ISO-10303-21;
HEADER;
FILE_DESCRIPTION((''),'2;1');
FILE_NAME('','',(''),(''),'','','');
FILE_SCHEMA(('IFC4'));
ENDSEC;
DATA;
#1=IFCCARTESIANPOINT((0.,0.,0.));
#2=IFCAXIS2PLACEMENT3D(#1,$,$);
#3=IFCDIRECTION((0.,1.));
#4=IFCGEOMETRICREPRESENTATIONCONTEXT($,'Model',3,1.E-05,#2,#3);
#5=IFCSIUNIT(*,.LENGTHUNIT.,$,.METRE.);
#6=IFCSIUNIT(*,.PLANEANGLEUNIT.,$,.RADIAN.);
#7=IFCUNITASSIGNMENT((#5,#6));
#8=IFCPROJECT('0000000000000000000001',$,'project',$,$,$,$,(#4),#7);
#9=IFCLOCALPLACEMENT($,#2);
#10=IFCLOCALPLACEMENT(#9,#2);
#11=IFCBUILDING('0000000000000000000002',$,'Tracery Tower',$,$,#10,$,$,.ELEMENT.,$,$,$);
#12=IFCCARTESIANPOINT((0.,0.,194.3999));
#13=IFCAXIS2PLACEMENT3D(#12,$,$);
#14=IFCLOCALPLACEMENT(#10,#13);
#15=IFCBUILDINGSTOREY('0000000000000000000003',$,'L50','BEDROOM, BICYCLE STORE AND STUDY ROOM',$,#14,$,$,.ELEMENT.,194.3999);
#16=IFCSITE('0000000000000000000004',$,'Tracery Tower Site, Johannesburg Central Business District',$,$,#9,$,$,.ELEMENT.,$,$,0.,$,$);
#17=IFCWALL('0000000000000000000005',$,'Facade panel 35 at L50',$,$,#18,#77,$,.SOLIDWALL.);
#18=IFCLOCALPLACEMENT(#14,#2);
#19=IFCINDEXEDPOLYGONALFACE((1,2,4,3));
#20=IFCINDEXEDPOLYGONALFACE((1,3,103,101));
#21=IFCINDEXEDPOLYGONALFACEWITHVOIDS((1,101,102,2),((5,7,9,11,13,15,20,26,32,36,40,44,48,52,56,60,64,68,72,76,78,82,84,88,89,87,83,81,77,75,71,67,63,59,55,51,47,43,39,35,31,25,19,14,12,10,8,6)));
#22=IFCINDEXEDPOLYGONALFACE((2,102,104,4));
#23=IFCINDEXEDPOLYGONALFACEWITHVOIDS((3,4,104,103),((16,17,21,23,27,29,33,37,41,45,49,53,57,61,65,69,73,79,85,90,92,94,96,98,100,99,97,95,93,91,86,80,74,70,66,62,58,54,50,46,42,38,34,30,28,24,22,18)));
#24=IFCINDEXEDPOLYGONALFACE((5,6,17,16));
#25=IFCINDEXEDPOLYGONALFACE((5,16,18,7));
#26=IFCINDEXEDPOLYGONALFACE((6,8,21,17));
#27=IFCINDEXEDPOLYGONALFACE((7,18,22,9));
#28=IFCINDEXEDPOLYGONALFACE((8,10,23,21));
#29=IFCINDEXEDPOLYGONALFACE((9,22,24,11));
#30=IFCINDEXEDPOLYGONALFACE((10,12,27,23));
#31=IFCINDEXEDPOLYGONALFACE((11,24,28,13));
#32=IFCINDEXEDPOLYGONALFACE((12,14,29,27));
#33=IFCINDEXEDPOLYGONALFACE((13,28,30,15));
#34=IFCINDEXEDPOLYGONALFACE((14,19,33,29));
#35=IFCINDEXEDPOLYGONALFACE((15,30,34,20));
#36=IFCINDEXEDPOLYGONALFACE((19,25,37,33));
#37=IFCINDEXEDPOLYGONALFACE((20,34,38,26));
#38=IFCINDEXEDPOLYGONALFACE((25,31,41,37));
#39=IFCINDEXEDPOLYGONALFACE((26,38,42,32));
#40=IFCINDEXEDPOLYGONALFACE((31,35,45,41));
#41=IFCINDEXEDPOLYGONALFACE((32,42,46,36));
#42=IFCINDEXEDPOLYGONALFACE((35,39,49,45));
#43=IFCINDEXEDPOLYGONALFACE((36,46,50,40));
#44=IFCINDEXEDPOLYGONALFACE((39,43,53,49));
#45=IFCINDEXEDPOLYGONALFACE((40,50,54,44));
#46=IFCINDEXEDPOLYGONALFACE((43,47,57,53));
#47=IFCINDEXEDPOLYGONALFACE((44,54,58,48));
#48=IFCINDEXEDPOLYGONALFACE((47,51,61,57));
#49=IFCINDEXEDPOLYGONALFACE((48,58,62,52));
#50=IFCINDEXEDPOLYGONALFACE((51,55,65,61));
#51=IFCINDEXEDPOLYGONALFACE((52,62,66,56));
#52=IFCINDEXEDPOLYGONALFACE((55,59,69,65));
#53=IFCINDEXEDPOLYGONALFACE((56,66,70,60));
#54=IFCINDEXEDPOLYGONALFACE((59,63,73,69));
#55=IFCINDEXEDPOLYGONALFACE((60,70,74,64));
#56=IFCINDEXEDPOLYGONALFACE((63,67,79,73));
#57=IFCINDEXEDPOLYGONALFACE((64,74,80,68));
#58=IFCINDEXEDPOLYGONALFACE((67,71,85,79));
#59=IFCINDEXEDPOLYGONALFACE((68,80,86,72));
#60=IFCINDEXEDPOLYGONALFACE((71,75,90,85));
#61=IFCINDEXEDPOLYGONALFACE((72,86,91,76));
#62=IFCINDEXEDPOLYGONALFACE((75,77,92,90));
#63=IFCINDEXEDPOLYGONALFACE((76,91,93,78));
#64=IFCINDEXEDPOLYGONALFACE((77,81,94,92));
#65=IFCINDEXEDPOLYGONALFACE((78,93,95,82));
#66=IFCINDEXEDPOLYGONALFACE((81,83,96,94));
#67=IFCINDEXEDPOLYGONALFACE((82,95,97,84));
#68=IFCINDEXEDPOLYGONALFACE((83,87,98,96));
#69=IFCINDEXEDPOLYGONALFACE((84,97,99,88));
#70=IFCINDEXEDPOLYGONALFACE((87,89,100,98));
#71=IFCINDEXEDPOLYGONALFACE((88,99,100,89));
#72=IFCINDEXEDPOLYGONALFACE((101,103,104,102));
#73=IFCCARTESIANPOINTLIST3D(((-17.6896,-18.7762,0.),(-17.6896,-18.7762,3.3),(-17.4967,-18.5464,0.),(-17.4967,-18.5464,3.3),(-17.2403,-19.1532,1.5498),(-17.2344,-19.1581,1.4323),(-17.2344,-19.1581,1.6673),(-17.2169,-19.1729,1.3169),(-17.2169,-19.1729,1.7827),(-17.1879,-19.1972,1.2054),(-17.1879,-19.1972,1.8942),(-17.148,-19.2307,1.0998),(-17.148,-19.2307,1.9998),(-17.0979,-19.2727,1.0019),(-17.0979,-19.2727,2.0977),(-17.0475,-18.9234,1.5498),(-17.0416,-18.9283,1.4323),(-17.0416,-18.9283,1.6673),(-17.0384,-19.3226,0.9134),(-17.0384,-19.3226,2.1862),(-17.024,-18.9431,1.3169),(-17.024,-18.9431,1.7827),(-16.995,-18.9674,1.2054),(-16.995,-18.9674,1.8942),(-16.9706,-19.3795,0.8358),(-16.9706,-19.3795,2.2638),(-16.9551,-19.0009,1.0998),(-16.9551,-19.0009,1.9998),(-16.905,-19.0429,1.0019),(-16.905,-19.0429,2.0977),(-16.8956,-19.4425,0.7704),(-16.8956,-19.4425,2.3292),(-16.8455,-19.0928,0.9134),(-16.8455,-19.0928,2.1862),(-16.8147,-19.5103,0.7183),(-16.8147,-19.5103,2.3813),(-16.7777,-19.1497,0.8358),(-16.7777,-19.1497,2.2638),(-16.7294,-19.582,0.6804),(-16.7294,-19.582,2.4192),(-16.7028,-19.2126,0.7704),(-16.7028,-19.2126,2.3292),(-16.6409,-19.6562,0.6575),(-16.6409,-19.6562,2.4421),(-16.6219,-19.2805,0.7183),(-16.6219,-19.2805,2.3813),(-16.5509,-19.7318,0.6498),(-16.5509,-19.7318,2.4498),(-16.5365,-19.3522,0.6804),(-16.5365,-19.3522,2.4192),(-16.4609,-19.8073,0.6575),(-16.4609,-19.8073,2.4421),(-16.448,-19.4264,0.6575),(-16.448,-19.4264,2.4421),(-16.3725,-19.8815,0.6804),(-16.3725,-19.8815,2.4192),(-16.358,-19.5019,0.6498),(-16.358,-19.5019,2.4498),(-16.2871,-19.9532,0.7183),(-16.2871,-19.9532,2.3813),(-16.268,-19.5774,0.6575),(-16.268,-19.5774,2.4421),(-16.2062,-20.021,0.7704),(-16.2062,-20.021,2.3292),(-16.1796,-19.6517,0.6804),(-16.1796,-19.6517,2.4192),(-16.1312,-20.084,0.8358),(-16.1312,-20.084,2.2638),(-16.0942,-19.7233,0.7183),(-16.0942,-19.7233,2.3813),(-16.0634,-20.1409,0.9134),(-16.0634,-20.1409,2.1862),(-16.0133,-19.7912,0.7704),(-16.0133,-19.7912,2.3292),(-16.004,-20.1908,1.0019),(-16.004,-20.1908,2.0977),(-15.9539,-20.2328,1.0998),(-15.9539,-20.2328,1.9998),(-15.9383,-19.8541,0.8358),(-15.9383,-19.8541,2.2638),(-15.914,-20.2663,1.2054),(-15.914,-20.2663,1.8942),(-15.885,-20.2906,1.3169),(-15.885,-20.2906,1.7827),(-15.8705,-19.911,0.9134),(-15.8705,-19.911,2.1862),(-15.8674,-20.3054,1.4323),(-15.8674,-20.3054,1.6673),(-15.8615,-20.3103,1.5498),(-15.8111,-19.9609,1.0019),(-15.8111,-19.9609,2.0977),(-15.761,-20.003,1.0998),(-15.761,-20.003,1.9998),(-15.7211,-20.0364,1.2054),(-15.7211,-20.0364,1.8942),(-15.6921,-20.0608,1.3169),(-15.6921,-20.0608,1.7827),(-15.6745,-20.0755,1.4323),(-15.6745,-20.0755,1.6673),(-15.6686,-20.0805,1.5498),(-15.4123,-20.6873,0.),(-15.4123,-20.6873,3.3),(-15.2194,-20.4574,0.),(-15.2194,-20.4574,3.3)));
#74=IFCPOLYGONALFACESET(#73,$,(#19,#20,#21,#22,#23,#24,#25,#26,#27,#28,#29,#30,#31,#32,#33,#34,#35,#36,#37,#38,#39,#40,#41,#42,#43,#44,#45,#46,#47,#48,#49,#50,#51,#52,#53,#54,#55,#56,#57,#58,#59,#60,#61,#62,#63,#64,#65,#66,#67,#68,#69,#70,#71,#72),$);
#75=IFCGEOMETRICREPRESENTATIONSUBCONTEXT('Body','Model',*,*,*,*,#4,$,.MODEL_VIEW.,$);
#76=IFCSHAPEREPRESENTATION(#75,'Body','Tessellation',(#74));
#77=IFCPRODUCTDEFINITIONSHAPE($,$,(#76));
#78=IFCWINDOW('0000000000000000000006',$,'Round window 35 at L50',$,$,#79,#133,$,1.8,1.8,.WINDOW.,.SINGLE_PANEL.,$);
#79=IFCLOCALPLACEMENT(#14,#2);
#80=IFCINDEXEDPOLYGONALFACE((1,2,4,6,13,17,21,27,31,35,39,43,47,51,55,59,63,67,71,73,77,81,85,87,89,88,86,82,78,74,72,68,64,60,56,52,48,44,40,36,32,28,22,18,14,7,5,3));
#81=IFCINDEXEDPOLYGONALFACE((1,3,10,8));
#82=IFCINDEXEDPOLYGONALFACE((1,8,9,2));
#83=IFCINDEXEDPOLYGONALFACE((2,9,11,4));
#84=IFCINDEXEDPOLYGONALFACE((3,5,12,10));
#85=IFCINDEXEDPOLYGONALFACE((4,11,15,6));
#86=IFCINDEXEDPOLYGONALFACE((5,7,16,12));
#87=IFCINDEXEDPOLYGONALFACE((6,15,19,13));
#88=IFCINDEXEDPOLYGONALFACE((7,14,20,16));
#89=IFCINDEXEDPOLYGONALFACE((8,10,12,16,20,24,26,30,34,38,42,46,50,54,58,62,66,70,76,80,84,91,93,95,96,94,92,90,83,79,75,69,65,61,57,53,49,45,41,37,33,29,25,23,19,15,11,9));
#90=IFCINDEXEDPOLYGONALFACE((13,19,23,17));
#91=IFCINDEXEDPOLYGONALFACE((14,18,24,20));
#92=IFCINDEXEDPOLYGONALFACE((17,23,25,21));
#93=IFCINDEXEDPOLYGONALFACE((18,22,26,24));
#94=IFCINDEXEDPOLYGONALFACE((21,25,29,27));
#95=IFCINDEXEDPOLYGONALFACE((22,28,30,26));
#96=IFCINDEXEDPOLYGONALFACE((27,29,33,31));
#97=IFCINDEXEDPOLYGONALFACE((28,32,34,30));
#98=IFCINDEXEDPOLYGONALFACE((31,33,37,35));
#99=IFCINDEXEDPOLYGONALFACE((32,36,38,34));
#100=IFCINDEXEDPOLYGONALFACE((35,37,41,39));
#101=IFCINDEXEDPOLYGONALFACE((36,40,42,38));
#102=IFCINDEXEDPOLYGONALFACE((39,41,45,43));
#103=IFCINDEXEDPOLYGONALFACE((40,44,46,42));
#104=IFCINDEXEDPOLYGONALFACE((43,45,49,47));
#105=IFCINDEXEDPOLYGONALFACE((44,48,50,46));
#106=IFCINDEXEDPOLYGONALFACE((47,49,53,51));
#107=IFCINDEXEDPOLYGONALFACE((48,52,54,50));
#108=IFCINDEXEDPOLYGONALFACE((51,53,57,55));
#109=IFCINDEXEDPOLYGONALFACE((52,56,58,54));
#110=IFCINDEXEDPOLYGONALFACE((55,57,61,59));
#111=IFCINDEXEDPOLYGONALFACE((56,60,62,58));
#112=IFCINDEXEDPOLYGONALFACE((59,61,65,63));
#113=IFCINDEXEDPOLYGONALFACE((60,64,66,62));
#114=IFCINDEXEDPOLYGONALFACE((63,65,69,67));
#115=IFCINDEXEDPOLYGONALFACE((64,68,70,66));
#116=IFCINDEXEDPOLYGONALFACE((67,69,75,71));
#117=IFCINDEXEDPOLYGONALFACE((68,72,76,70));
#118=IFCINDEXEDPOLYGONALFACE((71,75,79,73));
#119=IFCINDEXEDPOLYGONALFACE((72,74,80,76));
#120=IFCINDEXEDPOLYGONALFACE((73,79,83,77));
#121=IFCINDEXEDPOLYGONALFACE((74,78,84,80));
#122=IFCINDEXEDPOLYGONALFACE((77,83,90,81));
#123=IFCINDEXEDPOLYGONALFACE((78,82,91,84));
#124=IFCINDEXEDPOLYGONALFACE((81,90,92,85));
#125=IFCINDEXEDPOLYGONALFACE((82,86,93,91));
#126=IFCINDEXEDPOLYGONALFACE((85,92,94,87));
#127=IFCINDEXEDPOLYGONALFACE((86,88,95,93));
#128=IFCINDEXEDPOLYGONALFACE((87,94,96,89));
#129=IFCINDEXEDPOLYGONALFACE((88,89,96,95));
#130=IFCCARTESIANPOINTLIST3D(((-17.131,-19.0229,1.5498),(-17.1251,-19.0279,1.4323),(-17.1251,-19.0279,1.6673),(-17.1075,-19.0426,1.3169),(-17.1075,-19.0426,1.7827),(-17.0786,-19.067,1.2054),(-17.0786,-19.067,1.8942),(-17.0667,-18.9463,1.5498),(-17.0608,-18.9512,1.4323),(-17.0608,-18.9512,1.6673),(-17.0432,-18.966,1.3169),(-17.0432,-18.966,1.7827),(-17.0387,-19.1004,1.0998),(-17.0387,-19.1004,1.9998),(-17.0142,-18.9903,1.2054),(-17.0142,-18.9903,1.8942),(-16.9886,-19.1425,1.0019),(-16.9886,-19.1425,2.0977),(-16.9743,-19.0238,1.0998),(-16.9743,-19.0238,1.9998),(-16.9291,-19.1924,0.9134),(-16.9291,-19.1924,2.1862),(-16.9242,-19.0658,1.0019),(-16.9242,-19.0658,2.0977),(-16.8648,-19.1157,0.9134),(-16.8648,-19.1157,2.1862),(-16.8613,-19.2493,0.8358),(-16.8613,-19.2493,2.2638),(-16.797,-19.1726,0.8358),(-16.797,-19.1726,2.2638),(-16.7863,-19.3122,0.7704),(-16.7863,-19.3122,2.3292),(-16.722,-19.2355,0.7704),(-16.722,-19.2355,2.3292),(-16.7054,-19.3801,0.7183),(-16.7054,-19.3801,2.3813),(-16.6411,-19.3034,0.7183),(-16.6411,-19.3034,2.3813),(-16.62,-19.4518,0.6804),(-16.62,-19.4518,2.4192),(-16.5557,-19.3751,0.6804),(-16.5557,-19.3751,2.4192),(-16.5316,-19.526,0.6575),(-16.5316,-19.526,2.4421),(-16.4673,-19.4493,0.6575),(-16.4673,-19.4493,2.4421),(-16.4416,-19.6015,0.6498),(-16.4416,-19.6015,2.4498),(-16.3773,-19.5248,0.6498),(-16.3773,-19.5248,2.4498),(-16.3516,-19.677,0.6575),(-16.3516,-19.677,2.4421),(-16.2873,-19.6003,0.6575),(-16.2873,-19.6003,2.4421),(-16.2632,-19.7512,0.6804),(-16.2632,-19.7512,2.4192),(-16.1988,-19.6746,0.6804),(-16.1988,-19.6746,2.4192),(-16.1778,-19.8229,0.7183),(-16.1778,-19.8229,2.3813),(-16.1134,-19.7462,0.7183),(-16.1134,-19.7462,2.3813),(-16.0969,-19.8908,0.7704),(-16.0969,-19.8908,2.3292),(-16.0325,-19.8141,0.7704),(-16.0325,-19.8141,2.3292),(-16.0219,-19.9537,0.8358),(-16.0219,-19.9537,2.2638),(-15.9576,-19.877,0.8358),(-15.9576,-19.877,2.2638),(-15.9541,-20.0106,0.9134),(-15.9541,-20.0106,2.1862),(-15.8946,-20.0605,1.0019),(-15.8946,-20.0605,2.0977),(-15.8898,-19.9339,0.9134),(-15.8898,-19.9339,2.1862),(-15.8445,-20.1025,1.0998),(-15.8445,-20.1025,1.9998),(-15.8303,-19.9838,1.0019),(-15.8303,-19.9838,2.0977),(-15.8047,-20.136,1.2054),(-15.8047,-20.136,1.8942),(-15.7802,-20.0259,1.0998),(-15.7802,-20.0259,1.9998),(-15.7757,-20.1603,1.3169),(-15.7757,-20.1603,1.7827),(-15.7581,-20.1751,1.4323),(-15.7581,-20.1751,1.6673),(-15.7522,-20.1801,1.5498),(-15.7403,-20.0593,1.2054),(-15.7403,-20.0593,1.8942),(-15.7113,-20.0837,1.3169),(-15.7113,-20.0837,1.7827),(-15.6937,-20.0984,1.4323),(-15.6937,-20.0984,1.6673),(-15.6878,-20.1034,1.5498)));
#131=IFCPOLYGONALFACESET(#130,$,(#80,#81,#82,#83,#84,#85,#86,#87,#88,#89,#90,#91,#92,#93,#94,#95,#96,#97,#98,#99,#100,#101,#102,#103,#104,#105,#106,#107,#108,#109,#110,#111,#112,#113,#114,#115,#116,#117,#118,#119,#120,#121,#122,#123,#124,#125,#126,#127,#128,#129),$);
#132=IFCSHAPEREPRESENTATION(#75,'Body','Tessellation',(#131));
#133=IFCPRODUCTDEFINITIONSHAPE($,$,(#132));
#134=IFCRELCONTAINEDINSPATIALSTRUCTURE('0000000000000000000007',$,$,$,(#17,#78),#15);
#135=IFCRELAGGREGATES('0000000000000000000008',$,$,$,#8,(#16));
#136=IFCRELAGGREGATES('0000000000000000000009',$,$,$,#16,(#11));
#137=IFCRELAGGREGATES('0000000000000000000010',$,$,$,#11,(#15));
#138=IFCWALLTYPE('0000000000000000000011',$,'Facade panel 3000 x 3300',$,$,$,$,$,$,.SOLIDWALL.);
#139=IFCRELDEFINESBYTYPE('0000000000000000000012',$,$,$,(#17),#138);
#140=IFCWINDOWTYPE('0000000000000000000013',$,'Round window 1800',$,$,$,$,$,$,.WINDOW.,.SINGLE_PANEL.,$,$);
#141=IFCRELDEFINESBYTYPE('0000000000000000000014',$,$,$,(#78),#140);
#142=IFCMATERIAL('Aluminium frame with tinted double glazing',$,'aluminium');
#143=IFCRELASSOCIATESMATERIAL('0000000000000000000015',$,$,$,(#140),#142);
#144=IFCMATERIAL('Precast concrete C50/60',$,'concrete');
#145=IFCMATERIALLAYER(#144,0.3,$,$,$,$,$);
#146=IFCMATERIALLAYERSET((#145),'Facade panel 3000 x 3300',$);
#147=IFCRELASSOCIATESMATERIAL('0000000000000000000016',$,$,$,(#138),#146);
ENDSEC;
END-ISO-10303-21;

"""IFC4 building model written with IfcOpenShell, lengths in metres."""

from ifc_helpers import new_model, si_unit, direction, frame, frame_2d, origin, origin_2d, place, context, subcontext, project, spatial, rectangle, circle, extrude, material, layer, layer_set, type_object, element, fill, save


model = new_model("IFC4")

# Units and contexts
model_context = context("Model", 3, precision=1e-05, world=origin(), true_north=direction((0.0, 1.0)))
body_context = subcontext(model_context, "Body", "Model", "MODEL_VIEW")
ifc_project = project(units=[si_unit("LENGTHUNIT", "METRE"), si_unit("PLANEANGLEUNIT", "RADIAN")], contexts=[model_context])

# Site, building, storey
site_placement = place(None, origin())
site = spatial("IfcSite", under=ifc_project, at=site_placement, Name="Tracery Tower Site, Johannesburg Central Business District", CompositionType="ELEMENT", RefElevation=0.0)
building_placement = place(site_placement, origin())
building = spatial("IfcBuilding", under=site, at=building_placement, Name="Tracery Tower", CompositionType="ELEMENT")
storey_placement = place(building_placement, frame((0.0, 0.0, 194.3999)))
storey = spatial("IfcBuildingStorey", under=building, at=storey_placement, Name="L50", Description="BEDROOM, BICYCLE STORE AND STUDY ROOM", CompositionType="ELEMENT", Elevation=194.3999)

# Wall, opening, window
ifc_material_1 = material(Name="Aluminium frame with tinted double glazing", Category="aluminium")
window_type = type_object("IfcWindowType", Name="Round window 1800", PartitioningType="SINGLE_PANEL", PredefinedType="WINDOW", material=ifc_material_1)
ifc_material_2 = material(Name="Precast concrete C50/60", Category="concrete")
ifc_layer_1 = layer(ifc_material_2, 0.3)
ifc_layer_set_1 = layer_set([ifc_layer_1], Name="Facade panel 3000 x 3300")
wall_type_1 = type_object("IfcWallType", Name="Facade panel 3000 x 3300", PredefinedType="SOLIDWALL", material=ifc_layer_set_1)
wall_1_placement = place(storey_placement, frame((-17.593, -18.6614, 0.0), z_axis=(0.0, 0.0, 1.0), x_axis=(0.766009, -0.64283, 0.0)))
wall_1 = element("IfcWall", 1, at=wall_1_placement, inside=storey, type_object=wall_type_1, Name="Facade panel 35 at L50", PredefinedType="SOLIDWALL", context=body_context, shape_type="SweptSolid", body=[
    extrude(rectangle(XDim=2.9729, YDim=0.3, at=frame_2d((1.4863, 0.0))), origin(), (0.0, 0.0, 1.0), 3.3),
])
opening_1_placement = place(wall_1_placement, frame((1.4863, 0.0, 1.5498)))
opening_1 = element("IfcOpeningElement", 2, at=opening_1_placement, cuts=wall_1, PredefinedType="OPENING", context=body_context, shape_type="SweptSolid", body=[
    extrude(circle(Radius=0.9, at=origin_2d()), frame((0.0, 0.1599, 0.0), z_axis=(0.0, -1.0, 0.0), x_axis=(1.0, 0.0, 0.0)), (0.0, 0.0, 1.0), 0.3201),
])
window_1_placement = place(opening_1_placement, origin())
window_1 = element("IfcWindow", 3, at=window_1_placement, inside=storey, type_object=window_type, Name="Round window 35 at L50", OverallHeight=1.8, OverallWidth=1.8, PartitioningType="SINGLE_PANEL", PredefinedType="WINDOW", context=body_context, shape_type="SweptSolid", body=[
    extrude(circle(Radius=0.9, at=origin_2d()), frame((0.0, 0.1201, 0.0), z_axis=(0.0, -1.0, 0.0), x_axis=(1.0, 0.0, 0.0)), (0.0, 0.0, 1.0), 0.1001),
])
fill(opening_1, window_1)

save(model, "model.ifc")
